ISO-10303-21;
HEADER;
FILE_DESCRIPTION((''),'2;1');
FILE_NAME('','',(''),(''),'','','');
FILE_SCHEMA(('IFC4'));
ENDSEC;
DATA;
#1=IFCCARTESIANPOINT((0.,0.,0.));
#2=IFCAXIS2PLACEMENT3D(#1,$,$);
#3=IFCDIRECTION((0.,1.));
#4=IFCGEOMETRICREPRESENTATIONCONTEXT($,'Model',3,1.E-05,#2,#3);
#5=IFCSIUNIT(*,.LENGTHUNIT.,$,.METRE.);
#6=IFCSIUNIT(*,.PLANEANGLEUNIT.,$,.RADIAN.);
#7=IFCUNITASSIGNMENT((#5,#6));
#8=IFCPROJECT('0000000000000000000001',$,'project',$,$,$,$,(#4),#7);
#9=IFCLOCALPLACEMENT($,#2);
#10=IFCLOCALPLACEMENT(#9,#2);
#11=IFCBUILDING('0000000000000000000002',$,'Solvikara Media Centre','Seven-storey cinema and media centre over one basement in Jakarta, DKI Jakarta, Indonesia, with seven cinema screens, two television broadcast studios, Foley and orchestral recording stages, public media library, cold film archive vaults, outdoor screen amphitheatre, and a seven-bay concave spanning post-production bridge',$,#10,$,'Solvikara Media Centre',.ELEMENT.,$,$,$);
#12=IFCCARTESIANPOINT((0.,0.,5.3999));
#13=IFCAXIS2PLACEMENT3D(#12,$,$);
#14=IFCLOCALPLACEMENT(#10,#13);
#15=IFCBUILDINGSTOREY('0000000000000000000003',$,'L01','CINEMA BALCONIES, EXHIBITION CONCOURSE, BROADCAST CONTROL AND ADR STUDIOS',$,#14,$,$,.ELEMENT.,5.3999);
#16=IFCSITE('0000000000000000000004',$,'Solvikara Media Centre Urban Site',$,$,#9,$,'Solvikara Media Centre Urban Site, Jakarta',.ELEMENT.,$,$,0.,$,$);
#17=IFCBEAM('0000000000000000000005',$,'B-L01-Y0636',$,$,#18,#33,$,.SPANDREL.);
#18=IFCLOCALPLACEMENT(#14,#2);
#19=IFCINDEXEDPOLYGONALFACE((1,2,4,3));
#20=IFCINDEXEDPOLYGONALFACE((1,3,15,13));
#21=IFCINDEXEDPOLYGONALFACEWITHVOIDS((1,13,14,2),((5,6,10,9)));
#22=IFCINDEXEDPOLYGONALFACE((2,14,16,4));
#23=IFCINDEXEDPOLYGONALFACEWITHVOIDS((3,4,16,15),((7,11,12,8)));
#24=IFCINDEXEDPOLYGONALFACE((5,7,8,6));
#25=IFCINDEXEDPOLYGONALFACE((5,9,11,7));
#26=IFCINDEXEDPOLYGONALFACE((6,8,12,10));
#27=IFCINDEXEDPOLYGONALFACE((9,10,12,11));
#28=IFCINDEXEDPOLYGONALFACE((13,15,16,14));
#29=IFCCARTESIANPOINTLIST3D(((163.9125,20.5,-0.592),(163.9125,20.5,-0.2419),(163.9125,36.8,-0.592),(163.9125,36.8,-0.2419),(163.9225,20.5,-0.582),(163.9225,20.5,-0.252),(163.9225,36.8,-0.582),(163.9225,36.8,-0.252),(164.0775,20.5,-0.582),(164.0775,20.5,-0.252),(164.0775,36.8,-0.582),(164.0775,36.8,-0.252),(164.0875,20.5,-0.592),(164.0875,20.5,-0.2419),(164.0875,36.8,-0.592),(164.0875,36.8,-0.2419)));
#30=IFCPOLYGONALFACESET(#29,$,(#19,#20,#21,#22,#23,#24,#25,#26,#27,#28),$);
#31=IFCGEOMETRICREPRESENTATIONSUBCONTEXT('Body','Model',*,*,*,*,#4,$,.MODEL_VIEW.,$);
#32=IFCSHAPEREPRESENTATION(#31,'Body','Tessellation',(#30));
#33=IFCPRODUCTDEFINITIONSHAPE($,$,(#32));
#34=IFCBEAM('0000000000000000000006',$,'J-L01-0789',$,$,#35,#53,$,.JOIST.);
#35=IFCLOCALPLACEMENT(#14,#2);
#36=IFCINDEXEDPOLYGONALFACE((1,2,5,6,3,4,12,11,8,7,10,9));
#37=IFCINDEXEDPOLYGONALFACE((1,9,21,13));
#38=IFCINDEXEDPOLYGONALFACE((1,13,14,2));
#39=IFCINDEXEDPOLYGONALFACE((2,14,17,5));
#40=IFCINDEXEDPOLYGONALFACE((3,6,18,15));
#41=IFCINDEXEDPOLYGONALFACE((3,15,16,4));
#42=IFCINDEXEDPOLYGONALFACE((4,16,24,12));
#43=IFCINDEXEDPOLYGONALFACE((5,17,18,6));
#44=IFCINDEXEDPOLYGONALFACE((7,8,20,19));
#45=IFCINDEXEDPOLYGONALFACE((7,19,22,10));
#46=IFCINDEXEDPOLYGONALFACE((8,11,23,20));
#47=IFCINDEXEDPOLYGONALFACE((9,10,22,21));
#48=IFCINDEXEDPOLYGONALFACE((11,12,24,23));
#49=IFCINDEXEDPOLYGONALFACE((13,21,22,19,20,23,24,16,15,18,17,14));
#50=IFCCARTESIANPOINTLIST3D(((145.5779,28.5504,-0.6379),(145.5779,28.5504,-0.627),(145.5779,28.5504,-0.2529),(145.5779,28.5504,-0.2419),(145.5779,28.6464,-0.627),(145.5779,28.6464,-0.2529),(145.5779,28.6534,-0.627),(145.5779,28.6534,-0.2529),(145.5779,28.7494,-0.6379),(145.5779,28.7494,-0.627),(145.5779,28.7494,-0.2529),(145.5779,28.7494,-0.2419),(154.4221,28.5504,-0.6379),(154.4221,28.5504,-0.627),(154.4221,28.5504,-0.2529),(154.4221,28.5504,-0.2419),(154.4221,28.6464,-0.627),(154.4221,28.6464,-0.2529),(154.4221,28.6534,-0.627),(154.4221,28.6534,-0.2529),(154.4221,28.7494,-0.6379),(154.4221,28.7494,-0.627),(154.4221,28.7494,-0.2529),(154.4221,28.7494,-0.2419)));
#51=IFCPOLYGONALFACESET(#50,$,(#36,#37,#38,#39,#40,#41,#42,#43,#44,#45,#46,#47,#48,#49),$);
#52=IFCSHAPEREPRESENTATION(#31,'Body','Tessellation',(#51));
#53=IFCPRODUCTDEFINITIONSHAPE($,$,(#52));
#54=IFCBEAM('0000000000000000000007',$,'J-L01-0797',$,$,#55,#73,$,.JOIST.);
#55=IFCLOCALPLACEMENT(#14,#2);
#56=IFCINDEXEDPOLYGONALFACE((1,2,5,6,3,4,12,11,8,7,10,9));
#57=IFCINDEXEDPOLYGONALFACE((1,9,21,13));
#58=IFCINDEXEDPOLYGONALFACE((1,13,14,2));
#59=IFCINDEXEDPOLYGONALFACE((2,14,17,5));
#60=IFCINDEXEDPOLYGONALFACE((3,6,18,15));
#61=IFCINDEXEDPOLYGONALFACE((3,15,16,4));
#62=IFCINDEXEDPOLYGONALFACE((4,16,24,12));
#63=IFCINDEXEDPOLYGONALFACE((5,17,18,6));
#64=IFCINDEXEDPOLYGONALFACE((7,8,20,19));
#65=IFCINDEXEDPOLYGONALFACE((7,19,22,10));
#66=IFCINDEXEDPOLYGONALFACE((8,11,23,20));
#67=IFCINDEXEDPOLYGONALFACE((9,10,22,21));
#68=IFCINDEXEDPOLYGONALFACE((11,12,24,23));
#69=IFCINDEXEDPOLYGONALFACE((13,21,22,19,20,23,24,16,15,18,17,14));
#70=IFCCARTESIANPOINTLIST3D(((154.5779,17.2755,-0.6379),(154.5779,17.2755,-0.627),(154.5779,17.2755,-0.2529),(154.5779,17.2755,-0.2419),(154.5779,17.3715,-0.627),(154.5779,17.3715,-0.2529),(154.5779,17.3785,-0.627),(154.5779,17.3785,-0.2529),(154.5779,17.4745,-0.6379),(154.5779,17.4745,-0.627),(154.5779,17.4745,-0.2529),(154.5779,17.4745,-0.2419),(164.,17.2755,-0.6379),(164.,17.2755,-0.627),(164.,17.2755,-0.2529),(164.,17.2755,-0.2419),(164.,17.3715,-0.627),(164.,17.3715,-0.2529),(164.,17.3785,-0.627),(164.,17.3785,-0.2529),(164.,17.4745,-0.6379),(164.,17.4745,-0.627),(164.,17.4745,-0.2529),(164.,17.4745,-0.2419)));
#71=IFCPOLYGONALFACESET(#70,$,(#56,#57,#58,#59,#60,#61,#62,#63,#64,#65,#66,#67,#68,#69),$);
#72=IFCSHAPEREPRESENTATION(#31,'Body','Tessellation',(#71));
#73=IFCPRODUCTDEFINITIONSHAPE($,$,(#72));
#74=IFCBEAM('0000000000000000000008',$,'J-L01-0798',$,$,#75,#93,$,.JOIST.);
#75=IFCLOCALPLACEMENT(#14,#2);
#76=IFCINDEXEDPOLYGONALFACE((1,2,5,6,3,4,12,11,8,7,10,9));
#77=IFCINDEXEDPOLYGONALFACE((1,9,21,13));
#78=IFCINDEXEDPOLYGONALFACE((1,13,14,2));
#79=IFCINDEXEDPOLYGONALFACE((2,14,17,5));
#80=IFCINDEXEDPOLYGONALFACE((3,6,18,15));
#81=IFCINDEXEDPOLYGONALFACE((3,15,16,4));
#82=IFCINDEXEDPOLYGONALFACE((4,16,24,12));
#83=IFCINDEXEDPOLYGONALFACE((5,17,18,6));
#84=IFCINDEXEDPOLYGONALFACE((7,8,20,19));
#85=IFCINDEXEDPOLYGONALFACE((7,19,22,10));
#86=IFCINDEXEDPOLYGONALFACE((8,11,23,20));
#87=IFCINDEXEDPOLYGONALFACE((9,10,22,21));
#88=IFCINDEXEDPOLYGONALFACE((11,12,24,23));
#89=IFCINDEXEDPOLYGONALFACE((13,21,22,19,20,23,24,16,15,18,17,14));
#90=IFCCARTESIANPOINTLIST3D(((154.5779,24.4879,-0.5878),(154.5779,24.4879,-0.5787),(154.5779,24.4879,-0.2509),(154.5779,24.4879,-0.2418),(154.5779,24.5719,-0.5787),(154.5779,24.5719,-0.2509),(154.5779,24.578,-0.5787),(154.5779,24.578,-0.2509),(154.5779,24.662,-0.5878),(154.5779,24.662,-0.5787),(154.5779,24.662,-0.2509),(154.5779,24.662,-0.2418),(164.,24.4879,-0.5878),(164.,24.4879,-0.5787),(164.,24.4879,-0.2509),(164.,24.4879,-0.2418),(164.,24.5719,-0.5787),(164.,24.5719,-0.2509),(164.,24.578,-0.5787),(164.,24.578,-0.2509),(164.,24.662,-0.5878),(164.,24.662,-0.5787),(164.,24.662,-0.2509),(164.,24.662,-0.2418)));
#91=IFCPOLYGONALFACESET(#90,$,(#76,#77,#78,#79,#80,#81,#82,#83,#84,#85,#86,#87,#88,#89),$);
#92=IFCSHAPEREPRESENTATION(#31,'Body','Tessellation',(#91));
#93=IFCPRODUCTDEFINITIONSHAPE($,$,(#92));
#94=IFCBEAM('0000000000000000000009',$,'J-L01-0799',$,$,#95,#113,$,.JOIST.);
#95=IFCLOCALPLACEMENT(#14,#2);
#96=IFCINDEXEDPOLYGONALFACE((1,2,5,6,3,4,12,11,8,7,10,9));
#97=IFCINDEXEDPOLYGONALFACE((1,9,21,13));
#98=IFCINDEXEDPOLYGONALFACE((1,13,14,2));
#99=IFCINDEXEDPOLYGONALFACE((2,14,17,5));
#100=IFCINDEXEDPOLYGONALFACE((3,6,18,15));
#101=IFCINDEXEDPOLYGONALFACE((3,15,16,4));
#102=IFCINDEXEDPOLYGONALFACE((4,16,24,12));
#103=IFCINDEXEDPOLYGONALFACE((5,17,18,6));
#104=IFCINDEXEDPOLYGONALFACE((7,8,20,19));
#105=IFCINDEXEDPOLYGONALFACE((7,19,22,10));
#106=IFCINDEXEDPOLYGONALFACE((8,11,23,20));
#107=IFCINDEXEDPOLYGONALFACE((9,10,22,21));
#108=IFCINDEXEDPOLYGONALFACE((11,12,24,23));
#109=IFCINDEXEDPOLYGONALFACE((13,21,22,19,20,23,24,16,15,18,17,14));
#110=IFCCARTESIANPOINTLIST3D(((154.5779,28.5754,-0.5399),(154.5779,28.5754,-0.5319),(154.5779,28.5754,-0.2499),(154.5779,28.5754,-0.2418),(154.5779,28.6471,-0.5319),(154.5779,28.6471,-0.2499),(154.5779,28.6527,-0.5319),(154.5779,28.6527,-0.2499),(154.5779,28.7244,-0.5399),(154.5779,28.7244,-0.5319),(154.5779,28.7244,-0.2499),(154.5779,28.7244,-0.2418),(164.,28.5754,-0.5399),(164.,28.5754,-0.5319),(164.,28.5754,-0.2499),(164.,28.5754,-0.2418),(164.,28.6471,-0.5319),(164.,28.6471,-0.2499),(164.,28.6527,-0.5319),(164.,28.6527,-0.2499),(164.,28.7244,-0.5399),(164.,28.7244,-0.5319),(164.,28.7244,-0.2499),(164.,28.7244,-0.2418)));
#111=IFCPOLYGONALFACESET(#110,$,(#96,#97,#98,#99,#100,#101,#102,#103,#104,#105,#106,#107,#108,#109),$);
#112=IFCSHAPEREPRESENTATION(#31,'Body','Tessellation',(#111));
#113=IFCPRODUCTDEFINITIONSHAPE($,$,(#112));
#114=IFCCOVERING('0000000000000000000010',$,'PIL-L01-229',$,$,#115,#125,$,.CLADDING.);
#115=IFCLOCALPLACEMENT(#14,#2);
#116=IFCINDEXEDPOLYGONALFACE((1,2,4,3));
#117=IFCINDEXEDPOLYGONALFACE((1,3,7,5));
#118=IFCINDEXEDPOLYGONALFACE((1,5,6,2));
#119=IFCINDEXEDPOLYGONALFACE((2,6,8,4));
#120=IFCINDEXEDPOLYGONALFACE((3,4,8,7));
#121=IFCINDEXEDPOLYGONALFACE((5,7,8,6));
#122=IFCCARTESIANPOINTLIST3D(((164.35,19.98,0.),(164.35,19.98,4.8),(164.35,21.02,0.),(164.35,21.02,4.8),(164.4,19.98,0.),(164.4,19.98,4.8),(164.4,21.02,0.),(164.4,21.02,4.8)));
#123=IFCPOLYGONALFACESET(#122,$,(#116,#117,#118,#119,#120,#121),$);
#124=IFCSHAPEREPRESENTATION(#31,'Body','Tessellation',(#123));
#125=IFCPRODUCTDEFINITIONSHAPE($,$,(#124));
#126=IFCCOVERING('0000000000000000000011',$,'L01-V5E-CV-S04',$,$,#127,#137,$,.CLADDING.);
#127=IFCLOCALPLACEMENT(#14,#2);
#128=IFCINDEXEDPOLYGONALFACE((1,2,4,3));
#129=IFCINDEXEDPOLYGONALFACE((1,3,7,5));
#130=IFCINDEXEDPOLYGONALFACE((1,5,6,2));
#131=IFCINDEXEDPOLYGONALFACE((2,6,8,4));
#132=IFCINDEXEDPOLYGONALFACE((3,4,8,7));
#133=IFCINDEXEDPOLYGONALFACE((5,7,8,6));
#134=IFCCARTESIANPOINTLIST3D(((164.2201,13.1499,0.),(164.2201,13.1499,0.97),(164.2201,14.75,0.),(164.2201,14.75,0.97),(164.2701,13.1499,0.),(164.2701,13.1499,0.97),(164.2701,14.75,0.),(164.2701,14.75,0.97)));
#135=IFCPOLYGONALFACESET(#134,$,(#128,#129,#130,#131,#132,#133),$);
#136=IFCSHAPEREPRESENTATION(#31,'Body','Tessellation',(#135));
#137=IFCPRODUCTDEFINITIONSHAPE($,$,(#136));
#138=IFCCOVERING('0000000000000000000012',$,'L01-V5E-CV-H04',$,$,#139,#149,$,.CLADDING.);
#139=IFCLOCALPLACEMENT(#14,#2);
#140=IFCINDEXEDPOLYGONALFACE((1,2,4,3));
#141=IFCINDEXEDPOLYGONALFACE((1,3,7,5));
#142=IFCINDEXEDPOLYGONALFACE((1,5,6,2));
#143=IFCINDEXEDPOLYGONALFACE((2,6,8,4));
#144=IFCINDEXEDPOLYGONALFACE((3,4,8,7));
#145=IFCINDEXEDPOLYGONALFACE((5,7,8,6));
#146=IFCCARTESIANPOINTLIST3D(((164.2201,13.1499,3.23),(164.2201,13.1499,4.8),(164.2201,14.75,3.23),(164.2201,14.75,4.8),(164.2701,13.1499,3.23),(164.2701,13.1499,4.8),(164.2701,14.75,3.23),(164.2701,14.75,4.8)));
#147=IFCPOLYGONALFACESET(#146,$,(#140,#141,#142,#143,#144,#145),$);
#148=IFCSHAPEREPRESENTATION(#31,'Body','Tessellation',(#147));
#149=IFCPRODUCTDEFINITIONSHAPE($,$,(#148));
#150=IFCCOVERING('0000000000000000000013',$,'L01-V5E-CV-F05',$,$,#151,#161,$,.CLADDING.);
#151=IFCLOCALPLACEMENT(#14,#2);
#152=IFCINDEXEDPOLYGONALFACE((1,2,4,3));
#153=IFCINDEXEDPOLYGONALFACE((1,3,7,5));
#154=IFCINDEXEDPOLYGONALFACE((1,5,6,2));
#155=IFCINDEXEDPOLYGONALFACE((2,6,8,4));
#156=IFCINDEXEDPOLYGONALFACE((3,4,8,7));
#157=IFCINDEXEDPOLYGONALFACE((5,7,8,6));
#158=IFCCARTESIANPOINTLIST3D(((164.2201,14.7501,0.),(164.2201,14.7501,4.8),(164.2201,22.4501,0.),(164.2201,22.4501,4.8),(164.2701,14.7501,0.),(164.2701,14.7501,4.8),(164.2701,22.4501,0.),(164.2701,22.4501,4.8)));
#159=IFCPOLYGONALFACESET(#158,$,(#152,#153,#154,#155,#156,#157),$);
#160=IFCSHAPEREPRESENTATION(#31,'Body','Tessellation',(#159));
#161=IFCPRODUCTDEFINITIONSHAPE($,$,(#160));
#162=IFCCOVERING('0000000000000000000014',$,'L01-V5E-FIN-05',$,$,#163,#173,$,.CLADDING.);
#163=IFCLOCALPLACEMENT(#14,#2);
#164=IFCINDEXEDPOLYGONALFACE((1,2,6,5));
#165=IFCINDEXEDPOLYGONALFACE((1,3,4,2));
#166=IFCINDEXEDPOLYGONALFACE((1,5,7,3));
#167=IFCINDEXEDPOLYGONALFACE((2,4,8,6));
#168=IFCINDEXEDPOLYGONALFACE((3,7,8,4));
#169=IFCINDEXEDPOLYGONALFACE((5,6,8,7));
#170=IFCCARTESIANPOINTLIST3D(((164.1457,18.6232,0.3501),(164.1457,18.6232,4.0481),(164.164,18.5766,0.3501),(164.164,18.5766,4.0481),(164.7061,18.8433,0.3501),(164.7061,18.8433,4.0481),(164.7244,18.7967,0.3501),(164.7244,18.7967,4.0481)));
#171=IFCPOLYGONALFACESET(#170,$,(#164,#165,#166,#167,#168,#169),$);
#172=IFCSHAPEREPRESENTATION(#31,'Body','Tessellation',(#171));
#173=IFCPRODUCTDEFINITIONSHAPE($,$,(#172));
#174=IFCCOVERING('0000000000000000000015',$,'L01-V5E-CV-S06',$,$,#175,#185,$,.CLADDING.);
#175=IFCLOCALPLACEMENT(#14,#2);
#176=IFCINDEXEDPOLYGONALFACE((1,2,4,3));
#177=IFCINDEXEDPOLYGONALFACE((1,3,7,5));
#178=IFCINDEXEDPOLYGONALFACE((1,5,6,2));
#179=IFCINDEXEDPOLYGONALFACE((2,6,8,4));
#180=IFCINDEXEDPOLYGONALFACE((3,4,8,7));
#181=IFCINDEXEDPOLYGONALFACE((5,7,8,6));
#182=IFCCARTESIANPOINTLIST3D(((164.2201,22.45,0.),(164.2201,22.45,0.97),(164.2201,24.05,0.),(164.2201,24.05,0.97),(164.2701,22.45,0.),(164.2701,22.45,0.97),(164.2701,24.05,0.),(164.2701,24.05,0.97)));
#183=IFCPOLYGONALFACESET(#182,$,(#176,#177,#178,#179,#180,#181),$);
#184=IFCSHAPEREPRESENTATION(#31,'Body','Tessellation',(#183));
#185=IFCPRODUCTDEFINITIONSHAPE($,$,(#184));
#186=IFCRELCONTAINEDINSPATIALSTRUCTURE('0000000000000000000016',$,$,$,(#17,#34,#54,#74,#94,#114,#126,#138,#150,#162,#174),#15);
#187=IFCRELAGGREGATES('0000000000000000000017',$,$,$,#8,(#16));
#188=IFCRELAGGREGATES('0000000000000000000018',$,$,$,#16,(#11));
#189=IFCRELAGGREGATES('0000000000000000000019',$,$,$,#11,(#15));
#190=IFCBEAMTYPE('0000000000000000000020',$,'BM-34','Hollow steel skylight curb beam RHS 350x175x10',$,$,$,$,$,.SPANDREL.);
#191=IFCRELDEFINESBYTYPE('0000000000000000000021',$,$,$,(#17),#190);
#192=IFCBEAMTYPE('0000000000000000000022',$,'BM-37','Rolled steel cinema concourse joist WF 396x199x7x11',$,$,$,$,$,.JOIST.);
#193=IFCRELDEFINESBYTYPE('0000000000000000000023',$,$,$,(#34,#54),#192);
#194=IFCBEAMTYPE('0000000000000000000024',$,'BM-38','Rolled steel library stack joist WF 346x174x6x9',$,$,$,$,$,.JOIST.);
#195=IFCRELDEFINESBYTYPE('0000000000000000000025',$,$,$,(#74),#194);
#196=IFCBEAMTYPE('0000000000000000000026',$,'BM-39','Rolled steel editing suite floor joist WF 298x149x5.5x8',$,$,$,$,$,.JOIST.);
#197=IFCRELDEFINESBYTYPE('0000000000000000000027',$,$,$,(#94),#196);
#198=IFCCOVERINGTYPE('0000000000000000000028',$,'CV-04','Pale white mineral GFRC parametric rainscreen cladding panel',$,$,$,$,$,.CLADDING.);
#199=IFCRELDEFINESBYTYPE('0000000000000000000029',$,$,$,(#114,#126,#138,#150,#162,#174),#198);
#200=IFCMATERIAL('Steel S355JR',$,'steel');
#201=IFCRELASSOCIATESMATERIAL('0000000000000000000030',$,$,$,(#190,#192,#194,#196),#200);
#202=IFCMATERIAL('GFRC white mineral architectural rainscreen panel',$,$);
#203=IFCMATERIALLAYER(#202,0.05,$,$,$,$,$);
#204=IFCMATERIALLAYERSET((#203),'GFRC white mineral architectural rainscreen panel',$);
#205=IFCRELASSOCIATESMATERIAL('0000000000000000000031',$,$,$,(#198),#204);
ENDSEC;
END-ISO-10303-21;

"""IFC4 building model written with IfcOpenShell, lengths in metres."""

from ifc_helpers import new_model, si_unit, direction, frame, origin, origin_2d, place, context, subcontext, project, spatial, rectangle, hollow_rectangle, i_section, extrude, material, layer, layer_set, material_profile, profile_set, type_object, element, save


model = new_model("IFC4")

# Units and contexts
model_context = context("Model", 3, precision=1e-05, world=origin(), true_north=direction((0.0, 1.0)))
body_context = subcontext(model_context, "Body", "Model", "MODEL_VIEW")
ifc_project = project(units=[si_unit("LENGTHUNIT", "METRE"), si_unit("PLANEANGLEUNIT", "RADIAN")], contexts=[model_context])

# Site, building, storey
site_placement = place(None, origin())
site = spatial("IfcSite", under=ifc_project, at=site_placement, Name="Solvikara Media Centre Urban Site", LongName="Solvikara Media Centre Urban Site, Jakarta", CompositionType="ELEMENT", RefElevation=0.0)
building_placement = place(site_placement, origin())
building = spatial("IfcBuilding", under=site, at=building_placement, Name="Solvikara Media Centre", Description="Seven-storey cinema and media centre over one basement in Jakarta, DKI Jakarta, Indonesia, with seven cinema screens, two television broadcast studios, Foley and orchestral recording stages, public media library, cold film archive vaults, outdoor screen amphitheatre, and a seven-bay concave spanning post-production bridge", LongName="Solvikara Media Centre", CompositionType="ELEMENT")
storey_placement = place(building_placement, frame((0.0, 0.0, 5.3999)))
storey = spatial("IfcBuildingStorey", under=building, at=storey_placement, Name="L01", Description="CINEMA BALCONIES, EXHIBITION CONCOURSE, BROADCAST CONTROL AND ADR STUDIOS", CompositionType="ELEMENT", Elevation=5.3999)

# Shared definitions
ifc_material_1 = material(Name="Steel S355JR", Category="steel")

# Beams
ifc_material_profile_1 = material_profile(ifc_material_1, hollow_rectangle(XDim=0.175, YDim=0.3501, WallThickness=0.01, at=origin_2d()), Name="RHS 350x175x10")
ifc_profile_set_1 = profile_set([ifc_material_profile_1], Name="Steel S355JR")
beam_type_1 = type_object("IfcBeamType", Name="BM-34", Description="Hollow steel skylight curb beam RHS 350x175x10", PredefinedType="SPANDREL", material=ifc_profile_set_1)
beam_1_placement = place(storey_placement, frame((164.0, 20.5, -0.417), z_axis=(0.0, 1.0, 0.0), x_axis=(-1.0, 0.0, 0.0)))
element("IfcBeam", 1, at=beam_1_placement, inside=storey, type_object=beam_type_1, Name="B-L01-Y0636", PredefinedType="SPANDREL", context=body_context, shape_type="SweptSolid", body=[
    extrude(hollow_rectangle(XDim=0.175, YDim=0.3501, WallThickness=0.01, at=origin_2d()), origin(), (0.0, 0.0, 1.0), 16.3),
])
ifc_material_profile_2 = material_profile(ifc_material_1, i_section(OverallWidth=0.199, OverallDepth=0.396, WebThickness=0.0071, FlangeThickness=0.011, at=origin_2d()), Name="WF 396x199x7x11")
ifc_profile_set_2 = profile_set([ifc_material_profile_2], Name="Steel S355JR")
beam_type_2 = type_object("IfcBeamType", Name="BM-37", Description="Rolled steel cinema concourse joist WF 396x199x7x11", PredefinedType="JOIST", material=ifc_profile_set_2)
beam_2_placement = place(storey_placement, frame((145.5779, 28.6499, -0.4399), z_axis=(1.0, 0.0, 0.0), x_axis=(0.0, 1.0, 0.0)))
element("IfcBeam", 2, at=beam_2_placement, inside=storey, type_object=beam_type_2, Name="J-L01-0789", PredefinedType="JOIST", context=body_context, shape_type="SweptSolid", body=[
    extrude(i_section(OverallWidth=0.199, OverallDepth=0.396, WebThickness=0.0071, FlangeThickness=0.011, at=origin_2d()), origin(), (0.0, 0.0, 1.0), 8.8442),
])
beam_3_placement = place(storey_placement, frame((154.5779, 17.375, -0.4399), z_axis=(1.0, 0.0, 0.0), x_axis=(0.0, 1.0, 0.0)))
element("IfcBeam", 3, at=beam_3_placement, inside=storey, type_object=beam_type_2, Name="J-L01-0797", PredefinedType="JOIST", context=body_context, shape_type="SweptSolid", body=[
    extrude(i_section(OverallWidth=0.199, OverallDepth=0.396, WebThickness=0.0071, FlangeThickness=0.011, at=origin_2d()), origin(), (0.0, 0.0, 1.0), 9.4221),
])
ifc_material_profile_3 = material_profile(ifc_material_1, i_section(OverallWidth=0.1741, OverallDepth=0.3459, WebThickness=0.0061, FlangeThickness=0.009, at=origin_2d()), Name="WF 346x174x6x9")
ifc_profile_set_3 = profile_set([ifc_material_profile_3], Name="Steel S355JR")
beam_type_3 = type_object("IfcBeamType", Name="BM-38", Description="Rolled steel library stack joist WF 346x174x6x9", PredefinedType="JOIST", material=ifc_profile_set_3)
beam_4_placement = place(storey_placement, frame((154.5779, 24.575, -0.4148), z_axis=(1.0, 0.0, 0.0), x_axis=(0.0, 1.0, 0.0)))
element("IfcBeam", 4, at=beam_4_placement, inside=storey, type_object=beam_type_3, Name="J-L01-0798", PredefinedType="JOIST", context=body_context, shape_type="SweptSolid", body=[
    extrude(i_section(OverallWidth=0.1741, OverallDepth=0.3459, WebThickness=0.0061, FlangeThickness=0.009, at=origin_2d()), origin(), (0.0, 0.0, 1.0), 9.4221),
])
ifc_material_profile_4 = material_profile(ifc_material_1, i_section(OverallWidth=0.1489, OverallDepth=0.2981, WebThickness=0.0056, FlangeThickness=0.0081, at=origin_2d()), Name="WF 298x149x5.5x8")
ifc_profile_set_4 = profile_set([ifc_material_profile_4], Name="Steel S355JR")
beam_type_4 = type_object("IfcBeamType", Name="BM-39", Description="Rolled steel editing suite floor joist WF 298x149x5.5x8", PredefinedType="JOIST", material=ifc_profile_set_4)
beam_5_placement = place(storey_placement, frame((154.5779, 28.6499, -0.3909), z_axis=(1.0, 0.0, 0.0), x_axis=(0.0, 1.0, 0.0)))
element("IfcBeam", 5, at=beam_5_placement, inside=storey, type_object=beam_type_4, Name="J-L01-0799", PredefinedType="JOIST", context=body_context, shape_type="SweptSolid", body=[
    extrude(i_section(OverallWidth=0.1489, OverallDepth=0.2981, WebThickness=0.0056, FlangeThickness=0.0081, at=origin_2d()), origin(), (0.0, 0.0, 1.0), 9.4221),
])

# Coverings
ifc_material_2 = material(Name="GFRC white mineral architectural rainscreen panel")
ifc_layer = layer(ifc_material_2, 0.05)
ifc_layer_set = layer_set([ifc_layer], Name="GFRC white mineral architectural rainscreen panel")
covering_type = type_object("IfcCoveringType", Name="CV-04", Description="Pale white mineral GFRC parametric rainscreen cladding panel", PredefinedType="CLADDING", material=ifc_layer_set)
covering_1_placement = place(storey_placement, frame((164.375, 20.5, 0.0), z_axis=(0.0, 0.0, 1.0), x_axis=(0.0, 1.0, 0.0)))
element("IfcCovering", 6, at=covering_1_placement, inside=storey, type_object=covering_type, Name="PIL-L01-229", PredefinedType="CLADDING", context=body_context, shape_type="SweptSolid", body=[
    extrude(rectangle(XDim=1.04, YDim=0.05, at=origin_2d()), origin(), (0.0, 0.0, 1.0), 4.8),
])
covering_2_placement = place(storey_placement, frame((164.2451, 13.95, 0.0), z_axis=(0.0, 0.0, 1.0), x_axis=(0.0, 1.0, 0.0)))
element("IfcCovering", 7, at=covering_2_placement, inside=storey, type_object=covering_type, Name="L01-V5E-CV-S04", PredefinedType="CLADDING", context=body_context, shape_type="SweptSolid", body=[
    extrude(rectangle(XDim=1.6001, YDim=0.05, at=origin_2d()), origin(), (0.0, 0.0, 1.0), 0.97),
])
covering_3_placement = place(storey_placement, frame((164.2451, 13.95, 3.23), z_axis=(0.0, 0.0, 1.0), x_axis=(0.0, 1.0, 0.0)))
element("IfcCovering", 8, at=covering_3_placement, inside=storey, type_object=covering_type, Name="L01-V5E-CV-H04", PredefinedType="CLADDING", context=body_context, shape_type="SweptSolid", body=[
    extrude(rectangle(XDim=1.6001, YDim=0.05, at=origin_2d()), origin(), (0.0, 0.0, 1.0), 1.5701),
])
covering_4_placement = place(storey_placement, frame((164.2451, 18.6001, 0.0), z_axis=(0.0, 0.0, 1.0), x_axis=(0.0, 1.0, 0.0)))
element("IfcCovering", 9, at=covering_4_placement, inside=storey, type_object=covering_type, Name="L01-V5E-CV-F05", PredefinedType="CLADDING", context=body_context, shape_type="SweptSolid", body=[
    extrude(rectangle(XDim=7.7, YDim=0.05, at=origin_2d()), origin(), (0.0, 0.0, 1.0), 4.8),
])
covering_5_placement = place(storey_placement, frame((164.4351, 18.71, 0.3501), z_axis=(0.0, 0.0, 1.0), x_axis=(0.93075, 0.365657, 0.0)))
element("IfcCovering", 10, at=covering_5_placement, inside=storey, type_object=covering_type, Name="L01-V5E-FIN-05", PredefinedType="CLADDING", context=body_context, shape_type="SweptSolid", body=[
    extrude(rectangle(XDim=0.6021, YDim=0.05, at=origin_2d()), origin(), (0.0, 0.0, 1.0), 3.698),
])
covering_6_placement = place(storey_placement, frame((164.2451, 23.25, 0.0), z_axis=(0.0, 0.0, 1.0), x_axis=(0.0, 1.0, 0.0)))
element("IfcCovering", 11, at=covering_6_placement, inside=storey, type_object=covering_type, Name="L01-V5E-CV-S06", PredefinedType="CLADDING", context=body_context, shape_type="SweptSolid", body=[
    extrude(rectangle(XDim=1.6001, YDim=0.05, at=origin_2d()), origin(), (0.0, 0.0, 1.0), 0.97),
])

save(model, "model.ifc")
